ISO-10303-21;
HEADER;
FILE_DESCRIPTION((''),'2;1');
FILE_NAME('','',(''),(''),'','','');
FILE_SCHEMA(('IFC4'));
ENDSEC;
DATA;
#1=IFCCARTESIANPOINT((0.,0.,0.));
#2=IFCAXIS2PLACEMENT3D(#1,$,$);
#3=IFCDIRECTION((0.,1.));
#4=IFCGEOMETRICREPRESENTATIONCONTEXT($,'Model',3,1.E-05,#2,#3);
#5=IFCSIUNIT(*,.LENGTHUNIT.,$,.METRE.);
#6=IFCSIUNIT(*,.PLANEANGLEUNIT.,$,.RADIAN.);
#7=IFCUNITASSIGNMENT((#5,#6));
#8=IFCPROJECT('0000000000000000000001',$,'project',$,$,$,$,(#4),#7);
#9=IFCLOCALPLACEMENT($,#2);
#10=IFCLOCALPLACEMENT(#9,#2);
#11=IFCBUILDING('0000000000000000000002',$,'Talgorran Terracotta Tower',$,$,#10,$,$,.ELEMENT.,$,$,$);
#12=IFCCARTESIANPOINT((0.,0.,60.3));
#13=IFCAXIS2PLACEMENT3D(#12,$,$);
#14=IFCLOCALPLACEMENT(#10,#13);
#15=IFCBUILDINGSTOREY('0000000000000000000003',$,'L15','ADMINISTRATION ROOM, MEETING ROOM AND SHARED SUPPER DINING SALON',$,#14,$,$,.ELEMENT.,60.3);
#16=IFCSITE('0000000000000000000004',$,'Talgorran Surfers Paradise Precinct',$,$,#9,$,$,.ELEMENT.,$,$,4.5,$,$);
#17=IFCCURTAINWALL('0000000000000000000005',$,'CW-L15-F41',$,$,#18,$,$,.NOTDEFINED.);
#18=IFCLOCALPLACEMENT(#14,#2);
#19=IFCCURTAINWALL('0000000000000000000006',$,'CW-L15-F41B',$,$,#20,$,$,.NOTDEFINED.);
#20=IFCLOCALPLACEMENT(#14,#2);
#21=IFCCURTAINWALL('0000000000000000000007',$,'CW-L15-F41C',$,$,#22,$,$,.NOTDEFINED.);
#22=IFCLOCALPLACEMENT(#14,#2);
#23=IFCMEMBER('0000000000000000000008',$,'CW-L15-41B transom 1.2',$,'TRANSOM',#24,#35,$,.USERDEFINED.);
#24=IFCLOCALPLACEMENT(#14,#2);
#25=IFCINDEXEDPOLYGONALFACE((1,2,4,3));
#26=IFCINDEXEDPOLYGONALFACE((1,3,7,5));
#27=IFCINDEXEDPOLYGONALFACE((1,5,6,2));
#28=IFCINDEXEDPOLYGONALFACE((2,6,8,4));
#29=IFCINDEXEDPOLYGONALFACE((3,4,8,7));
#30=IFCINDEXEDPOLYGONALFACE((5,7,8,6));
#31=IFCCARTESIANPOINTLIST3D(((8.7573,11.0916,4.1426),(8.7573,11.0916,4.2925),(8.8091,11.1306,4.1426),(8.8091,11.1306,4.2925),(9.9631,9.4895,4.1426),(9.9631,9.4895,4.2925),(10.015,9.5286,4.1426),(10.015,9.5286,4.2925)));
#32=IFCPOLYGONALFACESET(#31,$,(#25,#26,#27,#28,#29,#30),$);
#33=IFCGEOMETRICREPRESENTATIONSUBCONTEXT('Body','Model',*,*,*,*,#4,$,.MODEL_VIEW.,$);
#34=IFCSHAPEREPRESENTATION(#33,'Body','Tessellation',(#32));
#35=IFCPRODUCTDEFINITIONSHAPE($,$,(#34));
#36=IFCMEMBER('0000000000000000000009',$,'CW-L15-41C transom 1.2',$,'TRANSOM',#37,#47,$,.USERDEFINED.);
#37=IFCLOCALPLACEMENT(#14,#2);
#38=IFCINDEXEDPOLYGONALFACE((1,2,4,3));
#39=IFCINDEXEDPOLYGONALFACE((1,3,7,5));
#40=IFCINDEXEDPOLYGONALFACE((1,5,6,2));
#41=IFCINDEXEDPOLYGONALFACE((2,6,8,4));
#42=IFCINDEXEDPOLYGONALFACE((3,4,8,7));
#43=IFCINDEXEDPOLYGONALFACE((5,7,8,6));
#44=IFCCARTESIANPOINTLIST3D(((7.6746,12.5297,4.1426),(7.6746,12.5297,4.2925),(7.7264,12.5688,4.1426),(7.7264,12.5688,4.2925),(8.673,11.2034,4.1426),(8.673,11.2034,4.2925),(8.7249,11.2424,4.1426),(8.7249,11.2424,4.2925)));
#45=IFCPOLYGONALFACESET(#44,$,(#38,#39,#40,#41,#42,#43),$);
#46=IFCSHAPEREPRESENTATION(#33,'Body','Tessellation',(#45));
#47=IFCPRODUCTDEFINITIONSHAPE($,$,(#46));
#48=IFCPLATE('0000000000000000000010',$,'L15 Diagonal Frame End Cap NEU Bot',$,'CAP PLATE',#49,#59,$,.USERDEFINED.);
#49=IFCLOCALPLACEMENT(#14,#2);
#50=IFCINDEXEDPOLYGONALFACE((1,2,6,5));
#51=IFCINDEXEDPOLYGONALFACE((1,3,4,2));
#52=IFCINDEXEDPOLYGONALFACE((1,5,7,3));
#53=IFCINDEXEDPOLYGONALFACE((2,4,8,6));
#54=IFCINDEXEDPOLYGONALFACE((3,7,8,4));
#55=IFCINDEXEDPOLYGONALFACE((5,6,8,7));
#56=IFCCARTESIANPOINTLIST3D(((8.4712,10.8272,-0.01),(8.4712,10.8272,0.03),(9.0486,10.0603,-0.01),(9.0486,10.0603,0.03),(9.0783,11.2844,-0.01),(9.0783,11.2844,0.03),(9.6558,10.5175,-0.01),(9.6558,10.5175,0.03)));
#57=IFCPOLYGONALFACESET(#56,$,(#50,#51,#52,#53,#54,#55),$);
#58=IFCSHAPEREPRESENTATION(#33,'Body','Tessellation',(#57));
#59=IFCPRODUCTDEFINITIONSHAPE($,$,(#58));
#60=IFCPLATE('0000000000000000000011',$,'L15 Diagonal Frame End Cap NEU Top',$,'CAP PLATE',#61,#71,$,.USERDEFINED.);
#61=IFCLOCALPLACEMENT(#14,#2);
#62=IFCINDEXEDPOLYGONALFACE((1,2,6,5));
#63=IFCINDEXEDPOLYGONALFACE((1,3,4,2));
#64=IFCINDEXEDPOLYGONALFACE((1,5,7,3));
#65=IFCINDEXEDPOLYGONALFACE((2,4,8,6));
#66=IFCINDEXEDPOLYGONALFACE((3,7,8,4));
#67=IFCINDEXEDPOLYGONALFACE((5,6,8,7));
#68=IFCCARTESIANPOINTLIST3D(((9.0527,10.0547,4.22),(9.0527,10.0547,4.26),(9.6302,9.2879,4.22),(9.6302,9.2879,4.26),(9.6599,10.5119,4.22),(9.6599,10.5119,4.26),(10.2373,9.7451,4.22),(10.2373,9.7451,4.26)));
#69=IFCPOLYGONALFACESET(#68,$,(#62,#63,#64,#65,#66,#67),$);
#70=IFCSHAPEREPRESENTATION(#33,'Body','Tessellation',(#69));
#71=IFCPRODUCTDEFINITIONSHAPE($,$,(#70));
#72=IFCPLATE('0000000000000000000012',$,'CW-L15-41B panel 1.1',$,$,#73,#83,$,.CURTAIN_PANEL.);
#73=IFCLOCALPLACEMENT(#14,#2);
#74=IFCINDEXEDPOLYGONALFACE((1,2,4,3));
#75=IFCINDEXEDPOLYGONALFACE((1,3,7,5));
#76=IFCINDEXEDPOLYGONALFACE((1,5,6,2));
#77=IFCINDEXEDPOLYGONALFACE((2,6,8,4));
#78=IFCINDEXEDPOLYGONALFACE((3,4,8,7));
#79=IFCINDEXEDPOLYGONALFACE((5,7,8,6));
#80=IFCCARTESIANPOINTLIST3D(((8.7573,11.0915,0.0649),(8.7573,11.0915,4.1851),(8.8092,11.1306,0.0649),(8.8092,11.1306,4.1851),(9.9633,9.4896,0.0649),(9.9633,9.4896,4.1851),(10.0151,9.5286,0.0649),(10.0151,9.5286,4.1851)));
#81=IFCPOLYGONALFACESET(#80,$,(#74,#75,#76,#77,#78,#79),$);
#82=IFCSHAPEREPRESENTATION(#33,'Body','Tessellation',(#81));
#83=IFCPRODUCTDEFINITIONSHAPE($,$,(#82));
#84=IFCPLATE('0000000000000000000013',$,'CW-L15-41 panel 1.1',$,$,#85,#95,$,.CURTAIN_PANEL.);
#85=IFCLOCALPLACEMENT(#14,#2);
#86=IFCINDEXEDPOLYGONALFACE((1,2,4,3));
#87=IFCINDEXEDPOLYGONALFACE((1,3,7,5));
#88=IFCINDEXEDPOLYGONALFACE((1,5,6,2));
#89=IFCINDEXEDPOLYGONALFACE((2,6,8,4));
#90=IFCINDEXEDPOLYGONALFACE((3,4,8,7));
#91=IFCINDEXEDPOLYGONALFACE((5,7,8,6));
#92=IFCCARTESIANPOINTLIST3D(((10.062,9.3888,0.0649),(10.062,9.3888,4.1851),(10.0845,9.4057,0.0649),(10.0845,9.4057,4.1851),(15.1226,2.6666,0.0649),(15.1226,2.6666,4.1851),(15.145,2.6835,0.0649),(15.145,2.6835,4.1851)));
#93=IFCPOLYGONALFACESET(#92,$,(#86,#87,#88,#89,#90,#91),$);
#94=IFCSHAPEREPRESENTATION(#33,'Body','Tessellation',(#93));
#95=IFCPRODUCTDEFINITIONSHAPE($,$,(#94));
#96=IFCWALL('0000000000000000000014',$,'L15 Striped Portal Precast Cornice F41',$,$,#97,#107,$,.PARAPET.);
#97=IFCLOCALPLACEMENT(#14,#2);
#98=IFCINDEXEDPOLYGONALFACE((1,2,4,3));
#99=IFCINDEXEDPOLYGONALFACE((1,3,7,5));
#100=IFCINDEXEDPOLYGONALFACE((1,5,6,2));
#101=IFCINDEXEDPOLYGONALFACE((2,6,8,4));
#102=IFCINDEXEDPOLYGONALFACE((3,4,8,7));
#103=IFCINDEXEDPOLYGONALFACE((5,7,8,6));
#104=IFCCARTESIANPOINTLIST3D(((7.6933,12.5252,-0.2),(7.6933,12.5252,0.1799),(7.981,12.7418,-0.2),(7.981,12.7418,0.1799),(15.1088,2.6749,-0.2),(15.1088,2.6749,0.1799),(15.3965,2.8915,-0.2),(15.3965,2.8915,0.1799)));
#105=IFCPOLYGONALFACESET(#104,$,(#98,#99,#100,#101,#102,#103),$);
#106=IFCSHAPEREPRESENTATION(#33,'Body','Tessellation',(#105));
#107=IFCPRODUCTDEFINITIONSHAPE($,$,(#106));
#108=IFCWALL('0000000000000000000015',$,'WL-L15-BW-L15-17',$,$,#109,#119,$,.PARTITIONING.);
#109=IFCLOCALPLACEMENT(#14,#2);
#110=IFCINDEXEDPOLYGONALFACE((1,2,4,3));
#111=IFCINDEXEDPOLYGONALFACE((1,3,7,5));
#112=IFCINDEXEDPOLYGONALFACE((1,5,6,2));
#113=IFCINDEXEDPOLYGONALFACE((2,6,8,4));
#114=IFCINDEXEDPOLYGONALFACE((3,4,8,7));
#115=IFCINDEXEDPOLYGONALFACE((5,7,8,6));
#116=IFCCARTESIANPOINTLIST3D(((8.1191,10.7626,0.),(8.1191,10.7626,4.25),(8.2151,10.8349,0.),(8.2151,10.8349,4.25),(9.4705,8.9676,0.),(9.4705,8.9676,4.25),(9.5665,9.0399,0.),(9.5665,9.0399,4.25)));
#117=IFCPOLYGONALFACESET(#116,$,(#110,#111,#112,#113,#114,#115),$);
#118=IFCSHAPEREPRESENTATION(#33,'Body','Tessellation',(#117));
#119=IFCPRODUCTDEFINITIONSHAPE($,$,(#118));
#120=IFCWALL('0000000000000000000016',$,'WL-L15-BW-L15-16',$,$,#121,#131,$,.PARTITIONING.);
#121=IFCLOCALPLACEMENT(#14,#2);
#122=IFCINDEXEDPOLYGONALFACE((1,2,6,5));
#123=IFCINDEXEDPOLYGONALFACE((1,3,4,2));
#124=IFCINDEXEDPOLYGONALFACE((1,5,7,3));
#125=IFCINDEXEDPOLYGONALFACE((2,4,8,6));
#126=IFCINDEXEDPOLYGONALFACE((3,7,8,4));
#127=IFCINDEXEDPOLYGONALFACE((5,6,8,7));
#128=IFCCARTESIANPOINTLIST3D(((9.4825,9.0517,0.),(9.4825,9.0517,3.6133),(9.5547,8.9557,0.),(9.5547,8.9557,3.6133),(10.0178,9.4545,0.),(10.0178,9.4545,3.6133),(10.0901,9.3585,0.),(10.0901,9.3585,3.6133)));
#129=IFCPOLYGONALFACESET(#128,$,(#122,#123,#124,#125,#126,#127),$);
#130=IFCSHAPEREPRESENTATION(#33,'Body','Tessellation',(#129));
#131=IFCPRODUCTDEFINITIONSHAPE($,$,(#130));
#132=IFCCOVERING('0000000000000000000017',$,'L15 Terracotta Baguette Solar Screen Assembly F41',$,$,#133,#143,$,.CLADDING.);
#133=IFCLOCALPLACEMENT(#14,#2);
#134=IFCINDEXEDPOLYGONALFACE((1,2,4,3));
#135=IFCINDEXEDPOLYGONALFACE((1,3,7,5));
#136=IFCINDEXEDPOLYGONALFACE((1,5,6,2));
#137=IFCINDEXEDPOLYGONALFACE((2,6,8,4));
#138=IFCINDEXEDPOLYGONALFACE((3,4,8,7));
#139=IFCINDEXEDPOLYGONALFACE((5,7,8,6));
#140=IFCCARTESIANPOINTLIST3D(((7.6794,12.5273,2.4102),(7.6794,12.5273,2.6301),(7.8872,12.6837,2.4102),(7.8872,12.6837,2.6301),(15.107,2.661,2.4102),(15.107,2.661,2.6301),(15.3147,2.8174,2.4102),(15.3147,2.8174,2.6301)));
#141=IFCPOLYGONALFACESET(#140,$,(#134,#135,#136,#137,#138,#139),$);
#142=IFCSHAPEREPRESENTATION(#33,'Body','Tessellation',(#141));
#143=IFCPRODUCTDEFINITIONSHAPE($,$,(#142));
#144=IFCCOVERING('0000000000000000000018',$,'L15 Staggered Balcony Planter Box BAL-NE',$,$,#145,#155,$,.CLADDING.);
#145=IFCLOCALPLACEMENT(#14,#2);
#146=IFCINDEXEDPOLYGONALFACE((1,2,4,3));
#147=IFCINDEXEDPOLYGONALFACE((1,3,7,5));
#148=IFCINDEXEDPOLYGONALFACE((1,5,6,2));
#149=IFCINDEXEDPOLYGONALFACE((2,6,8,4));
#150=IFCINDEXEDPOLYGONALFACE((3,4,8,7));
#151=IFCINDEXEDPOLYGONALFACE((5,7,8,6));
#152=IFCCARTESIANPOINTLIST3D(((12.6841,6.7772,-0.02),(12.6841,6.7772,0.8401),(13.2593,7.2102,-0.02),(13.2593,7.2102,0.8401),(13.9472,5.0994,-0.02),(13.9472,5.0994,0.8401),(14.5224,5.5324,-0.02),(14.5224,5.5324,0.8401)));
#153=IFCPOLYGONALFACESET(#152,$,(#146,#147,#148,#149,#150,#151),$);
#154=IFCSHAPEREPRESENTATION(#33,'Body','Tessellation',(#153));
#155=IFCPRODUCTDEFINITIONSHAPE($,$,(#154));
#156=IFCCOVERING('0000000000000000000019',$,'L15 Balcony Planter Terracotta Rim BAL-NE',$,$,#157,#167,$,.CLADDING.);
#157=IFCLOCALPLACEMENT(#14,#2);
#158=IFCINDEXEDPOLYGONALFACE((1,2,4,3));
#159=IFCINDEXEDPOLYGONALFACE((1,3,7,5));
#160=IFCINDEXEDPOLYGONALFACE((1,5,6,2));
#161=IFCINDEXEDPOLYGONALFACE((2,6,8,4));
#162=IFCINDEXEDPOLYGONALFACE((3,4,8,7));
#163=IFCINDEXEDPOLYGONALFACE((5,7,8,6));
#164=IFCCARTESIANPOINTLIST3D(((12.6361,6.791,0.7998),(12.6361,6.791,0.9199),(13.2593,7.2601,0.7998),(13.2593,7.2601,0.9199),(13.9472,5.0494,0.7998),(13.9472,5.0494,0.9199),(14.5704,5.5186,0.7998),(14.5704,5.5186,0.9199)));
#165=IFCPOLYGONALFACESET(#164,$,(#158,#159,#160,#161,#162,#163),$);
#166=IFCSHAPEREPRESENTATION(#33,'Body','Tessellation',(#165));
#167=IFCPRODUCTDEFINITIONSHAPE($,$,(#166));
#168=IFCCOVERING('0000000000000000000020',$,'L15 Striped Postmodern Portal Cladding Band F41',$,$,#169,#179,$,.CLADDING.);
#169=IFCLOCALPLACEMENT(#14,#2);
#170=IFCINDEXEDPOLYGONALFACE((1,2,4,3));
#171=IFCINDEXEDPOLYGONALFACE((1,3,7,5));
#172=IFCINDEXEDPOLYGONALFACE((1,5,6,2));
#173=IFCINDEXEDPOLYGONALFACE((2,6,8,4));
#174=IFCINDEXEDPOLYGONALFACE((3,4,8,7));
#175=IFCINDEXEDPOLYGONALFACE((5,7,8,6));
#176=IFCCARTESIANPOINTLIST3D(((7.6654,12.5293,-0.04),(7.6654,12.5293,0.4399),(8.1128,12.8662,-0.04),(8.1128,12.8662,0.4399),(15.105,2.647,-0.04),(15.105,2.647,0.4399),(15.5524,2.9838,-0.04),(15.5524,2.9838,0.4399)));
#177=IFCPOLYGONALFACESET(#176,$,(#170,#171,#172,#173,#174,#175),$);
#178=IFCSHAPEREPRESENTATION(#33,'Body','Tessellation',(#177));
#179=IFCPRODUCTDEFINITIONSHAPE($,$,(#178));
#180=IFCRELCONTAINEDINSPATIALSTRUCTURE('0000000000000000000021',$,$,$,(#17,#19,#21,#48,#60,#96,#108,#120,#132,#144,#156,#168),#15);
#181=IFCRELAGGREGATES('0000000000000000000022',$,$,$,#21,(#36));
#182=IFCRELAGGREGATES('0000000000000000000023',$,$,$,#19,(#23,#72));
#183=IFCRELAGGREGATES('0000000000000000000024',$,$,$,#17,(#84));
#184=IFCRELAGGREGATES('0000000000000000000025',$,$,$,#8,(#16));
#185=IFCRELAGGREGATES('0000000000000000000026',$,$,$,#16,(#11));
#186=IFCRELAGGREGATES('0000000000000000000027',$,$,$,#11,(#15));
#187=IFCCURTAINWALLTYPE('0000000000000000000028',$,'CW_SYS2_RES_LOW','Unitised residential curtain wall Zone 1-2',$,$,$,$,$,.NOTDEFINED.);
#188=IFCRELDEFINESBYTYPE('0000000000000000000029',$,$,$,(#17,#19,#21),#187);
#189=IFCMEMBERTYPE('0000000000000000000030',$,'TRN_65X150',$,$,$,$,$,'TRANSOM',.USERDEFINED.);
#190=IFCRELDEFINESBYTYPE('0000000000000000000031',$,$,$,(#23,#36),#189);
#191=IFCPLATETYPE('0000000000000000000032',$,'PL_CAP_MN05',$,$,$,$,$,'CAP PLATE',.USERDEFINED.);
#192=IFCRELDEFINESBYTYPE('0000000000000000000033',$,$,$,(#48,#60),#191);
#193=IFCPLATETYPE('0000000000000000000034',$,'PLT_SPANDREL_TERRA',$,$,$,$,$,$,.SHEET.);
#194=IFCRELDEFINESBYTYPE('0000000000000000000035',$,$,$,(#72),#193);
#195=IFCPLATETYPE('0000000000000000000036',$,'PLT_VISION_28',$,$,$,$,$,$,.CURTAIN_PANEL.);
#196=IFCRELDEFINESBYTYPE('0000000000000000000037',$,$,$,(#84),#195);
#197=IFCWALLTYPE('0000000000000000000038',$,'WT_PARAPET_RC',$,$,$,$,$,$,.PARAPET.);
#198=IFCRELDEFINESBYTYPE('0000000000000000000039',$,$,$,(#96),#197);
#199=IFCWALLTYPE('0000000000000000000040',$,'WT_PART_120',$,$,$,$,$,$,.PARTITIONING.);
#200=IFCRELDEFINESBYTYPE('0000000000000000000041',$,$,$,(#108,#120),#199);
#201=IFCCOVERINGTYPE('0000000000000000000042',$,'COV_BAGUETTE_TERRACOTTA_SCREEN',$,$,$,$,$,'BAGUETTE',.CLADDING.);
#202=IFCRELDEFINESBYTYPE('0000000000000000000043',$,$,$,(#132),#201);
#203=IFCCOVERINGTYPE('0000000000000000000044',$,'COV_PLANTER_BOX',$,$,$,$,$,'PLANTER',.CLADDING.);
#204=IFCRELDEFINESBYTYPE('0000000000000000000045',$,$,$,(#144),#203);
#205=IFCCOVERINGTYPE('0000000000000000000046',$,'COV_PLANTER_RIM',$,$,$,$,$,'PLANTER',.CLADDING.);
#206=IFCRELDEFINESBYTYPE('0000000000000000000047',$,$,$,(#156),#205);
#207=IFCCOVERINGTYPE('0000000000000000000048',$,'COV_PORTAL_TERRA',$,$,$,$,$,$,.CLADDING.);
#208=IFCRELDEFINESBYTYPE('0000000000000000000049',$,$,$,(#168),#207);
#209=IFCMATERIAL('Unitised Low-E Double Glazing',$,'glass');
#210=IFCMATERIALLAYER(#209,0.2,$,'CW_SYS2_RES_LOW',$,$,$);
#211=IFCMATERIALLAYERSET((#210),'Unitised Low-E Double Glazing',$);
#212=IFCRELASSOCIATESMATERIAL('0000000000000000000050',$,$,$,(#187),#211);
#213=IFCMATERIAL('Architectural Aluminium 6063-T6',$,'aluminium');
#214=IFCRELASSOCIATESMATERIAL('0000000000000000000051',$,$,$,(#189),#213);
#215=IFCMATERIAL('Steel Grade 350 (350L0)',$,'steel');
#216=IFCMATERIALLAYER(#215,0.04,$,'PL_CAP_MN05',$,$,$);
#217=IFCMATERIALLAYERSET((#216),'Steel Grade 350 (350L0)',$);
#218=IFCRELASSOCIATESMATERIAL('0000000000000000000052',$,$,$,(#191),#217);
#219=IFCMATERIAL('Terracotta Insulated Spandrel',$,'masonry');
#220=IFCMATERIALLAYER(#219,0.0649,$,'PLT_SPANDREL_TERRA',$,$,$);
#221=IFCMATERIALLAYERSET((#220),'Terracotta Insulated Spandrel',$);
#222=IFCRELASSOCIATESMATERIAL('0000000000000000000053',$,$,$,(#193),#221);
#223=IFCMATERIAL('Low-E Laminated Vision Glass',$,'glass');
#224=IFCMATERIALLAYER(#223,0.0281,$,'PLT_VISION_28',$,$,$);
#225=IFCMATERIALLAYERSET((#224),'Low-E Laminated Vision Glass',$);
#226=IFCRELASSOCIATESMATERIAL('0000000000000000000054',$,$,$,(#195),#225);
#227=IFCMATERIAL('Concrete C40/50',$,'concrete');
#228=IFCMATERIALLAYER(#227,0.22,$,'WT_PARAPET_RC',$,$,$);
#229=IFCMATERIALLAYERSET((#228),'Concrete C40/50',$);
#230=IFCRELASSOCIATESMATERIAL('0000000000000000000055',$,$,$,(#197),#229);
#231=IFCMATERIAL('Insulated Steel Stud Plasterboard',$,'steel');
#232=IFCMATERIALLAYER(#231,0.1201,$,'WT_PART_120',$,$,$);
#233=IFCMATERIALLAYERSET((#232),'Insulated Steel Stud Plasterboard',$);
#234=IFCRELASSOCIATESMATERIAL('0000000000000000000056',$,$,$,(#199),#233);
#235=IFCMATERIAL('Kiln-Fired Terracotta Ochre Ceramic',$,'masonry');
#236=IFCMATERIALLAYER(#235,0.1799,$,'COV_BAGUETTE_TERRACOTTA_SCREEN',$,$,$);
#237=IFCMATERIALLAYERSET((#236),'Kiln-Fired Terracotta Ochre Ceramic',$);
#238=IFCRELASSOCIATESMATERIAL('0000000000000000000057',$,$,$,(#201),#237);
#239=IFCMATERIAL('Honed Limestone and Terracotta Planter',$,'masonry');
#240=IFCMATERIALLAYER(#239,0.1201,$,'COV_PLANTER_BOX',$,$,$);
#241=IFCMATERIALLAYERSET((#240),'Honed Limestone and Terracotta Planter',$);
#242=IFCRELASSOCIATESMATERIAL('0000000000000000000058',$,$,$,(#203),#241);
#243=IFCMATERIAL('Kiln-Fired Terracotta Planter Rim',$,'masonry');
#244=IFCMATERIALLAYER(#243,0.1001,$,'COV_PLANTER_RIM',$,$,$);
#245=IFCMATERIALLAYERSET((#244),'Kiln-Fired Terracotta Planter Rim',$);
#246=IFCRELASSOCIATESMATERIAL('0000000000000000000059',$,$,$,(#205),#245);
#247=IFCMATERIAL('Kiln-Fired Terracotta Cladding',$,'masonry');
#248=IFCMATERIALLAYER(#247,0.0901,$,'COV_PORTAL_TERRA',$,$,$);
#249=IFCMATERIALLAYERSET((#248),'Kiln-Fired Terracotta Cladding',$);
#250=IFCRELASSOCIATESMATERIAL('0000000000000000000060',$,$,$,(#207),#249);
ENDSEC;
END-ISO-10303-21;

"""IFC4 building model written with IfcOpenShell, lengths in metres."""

from ifc_helpers import new_model, si_unit, direction, frame, frame_2d, origin, origin_2d, place, context, subcontext, project, spatial, rectangle, extrude, source, transform, mapped, material, layer, layer_set, material_profile, profile_set, type_object, type_shapes, element, aggregate, save


model = new_model("IFC4")

# Units and contexts
model_context = context("Model", 3, precision=1e-05, world=origin(), true_north=direction((0.0, 1.0)))
body_context = subcontext(model_context, "Body", "Model", "MODEL_VIEW")
ifc_project = project(units=[si_unit("LENGTHUNIT", "METRE"), si_unit("PLANEANGLEUNIT", "RADIAN")], contexts=[model_context])

# Site, building, storey
site_placement = place(None, origin())
site = spatial("IfcSite", under=ifc_project, at=site_placement, Name="Talgorran Surfers Paradise Precinct", CompositionType="ELEMENT", RefElevation=4.5)
building_placement = place(site_placement, origin())
building = spatial("IfcBuilding", under=site, at=building_placement, Name="Talgorran Terracotta Tower", CompositionType="ELEMENT")
storey_placement = place(building_placement, frame((0.0, 0.0, 60.3)))
storey = spatial("IfcBuildingStorey", under=building, at=storey_placement, Name="L15", Description="ADMINISTRATION ROOM, MEETING ROOM AND SHARED SUPPER DINING SALON", CompositionType="ELEMENT", Elevation=60.3)

# Shared definitions
ifc_material_1 = material(Name="Steel Grade 350 (350L0)", Category="steel")

# Curtain wall
ifc_material_2 = material(Name="Unitised Low-E Double Glazing", Category="glass")
ifc_layer_1 = layer(ifc_material_2, 0.2, Name="CW_SYS2_RES_LOW")
ifc_layer_set_1 = layer_set([ifc_layer_1], Name="Unitised Low-E Double Glazing")
curtain_wall_type = type_object("IfcCurtainWallType", Name="CW_SYS2_RES_LOW", Description="Unitised residential curtain wall Zone 1-2", PredefinedType="NOTDEFINED", material=ifc_layer_set_1)
curtain_wall_1_placement = place(storey_placement, origin())
curtain_wall_1 = element("IfcCurtainWall", 1, at=curtain_wall_1_placement, inside=storey, type_object=curtain_wall_type, Name="CW-L15-F41", PredefinedType="NOTDEFINED")
ifc_material_3 = material(Name="Architectural Aluminium 6063-T6", Category="aluminium")

# Curtain wall
curtain_wall_2_placement = place(storey_placement, origin())
curtain_wall_2 = element("IfcCurtainWall", 2, at=curtain_wall_2_placement, inside=storey, type_object=curtain_wall_type, Name="CW-L15-F41B", PredefinedType="NOTDEFINED")

# Curtain wall
curtain_wall_3_placement = place(storey_placement, origin())
curtain_wall_3 = element("IfcCurtainWall", 3, at=curtain_wall_3_placement, inside=storey, type_object=curtain_wall_type, Name="CW-L15-F41C", PredefinedType="NOTDEFINED")

# Members
ifc_material_profile_1 = material_profile(ifc_material_3, rectangle(XDim=0.0649, YDim=0.1499, at=origin_2d()), Name="CWT65X150")
ifc_profile_set_1 = profile_set([ifc_material_profile_1], Name="Architectural Aluminium 6063-T6")
member_type_1 = type_object("IfcMemberType", Name="TRN_65X150", ElementType="TRANSOM", PredefinedType="USERDEFINED", material=ifc_profile_set_1)
member_1_placement = place(storey_placement, frame((9.989, 9.509, 4.2175), z_axis=(-0.601363, 0.798976, 0.0), x_axis=(-0.798976, -0.601363, 0.0)))
member_1 = element("IfcMember", 4, at=member_1_placement, type_object=member_type_1, Name="CW-L15-41B transom 1.2", ObjectType="TRANSOM", PredefinedType="USERDEFINED", context=body_context, shape_type="SweptSolid", body=[
    extrude(rectangle(XDim=0.0649, YDim=0.1499, at=origin_2d()), origin(), (0.0, 0.0, 1.0), 2.0051),
])
member_2_placement = place(storey_placement, frame((8.699, 11.2229, 4.2175), z_axis=(-0.601434, 0.798922, 0.0), x_axis=(-0.798922, -0.601434, 0.0)))
member_2 = element("IfcMember", 5, at=member_2_placement, type_object=member_type_1, Name="CW-L15-41C transom 1.2", ObjectType="TRANSOM", PredefinedType="USERDEFINED", context=body_context, shape_type="SweptSolid", body=[
    extrude(rectangle(XDim=0.0649, YDim=0.1499, at=origin_2d()), origin(), (0.0, 0.0, 1.0), 1.6602),
])
aggregate(curtain_wall_3, [member_2])

# Plates
ifc_layer_2 = layer(ifc_material_1, 0.04, Name="PL_CAP_MN05")
ifc_layer_set_2 = layer_set([ifc_layer_2], Name="Steel Grade 350 (350L0)")
plate_type_1 = type_object("IfcPlateType", Name="PL_CAP_MN05", ElementType="CAP PLATE", PredefinedType="USERDEFINED", material=ifc_layer_set_2)
for number, where, z_axis, x_axis, name in (
    (6, (9.0635, 10.6724, -0.01), (0.0, 0.0, 1.0), (0.601536, -0.798846, 0.0), "L15 Diagonal Frame End Cap NEU Bot"),
    (7, (9.645, 9.8999, 4.22), (0.0, 0.0, 1.0), (0.601536, -0.798846, 0.0), "L15 Diagonal Frame End Cap NEU Top"),
):
    element("IfcPlate", number, at=place(storey_placement, frame(where, z_axis=z_axis, x_axis=x_axis)), inside=storey, type_object=plate_type_1, Name=name, ObjectType="CAP PLATE", PredefinedType="USERDEFINED", context=body_context, shape_type="SweptSolid", body=[
        extrude(rectangle(XDim=0.96, YDim=0.76, at=origin_2d()), origin(), (0.0, 0.0, 1.0), 0.04),
    ])

# Plates
ifc_material_4 = material(Name="Terracotta Insulated Spandrel", Category="masonry")
ifc_layer_3 = layer(ifc_material_4, 0.0649, Name="PLT_SPANDREL_TERRA")
ifc_layer_set_3 = layer_set([ifc_layer_3], Name="Terracotta Insulated Spandrel")
plate_type_2 = type_object("IfcPlateType", Name="PLT_SPANDREL_TERRA", PredefinedType="SHEET", material=ifc_layer_set_3)
shared_shape_1 = source(origin(), body_context, "Body", "SweptSolid", [
    extrude(rectangle(XDim=2.0051, YDim=0.0649, at=origin_2d()), origin(), (0.0, 0.0, 1.0), 4.1201),
])
type_shapes(plate_type_2, [shared_shape_1])
plate_1_placement = place(storey_placement, frame((9.3862, 10.3101, 0.0649), z_axis=(0.0, 0.0, 1.0), x_axis=(-0.601423, 0.798931, 0.0)))
plate_1 = element("IfcPlate", 8, at=plate_1_placement, type_object=plate_type_2, Name="CW-L15-41B panel 1.1", PredefinedType="CURTAIN_PANEL", context=body_context, shape_type="MappedRepresentation", body=[
    mapped(shared_shape_1, transform((0.0, 0.0, 0.0), scale=1.0)),
])
aggregate(curtain_wall_2, [member_1, plate_1])
ifc_material_5 = material(Name="Low-E Laminated Vision Glass", Category="glass")
ifc_layer_4 = layer(ifc_material_5, 0.0281, Name="PLT_VISION_28")
ifc_layer_set_4 = layer_set([ifc_layer_4], Name="Low-E Laminated Vision Glass")
plate_type_3 = type_object("IfcPlateType", Name="PLT_VISION_28", PredefinedType="CURTAIN_PANEL", material=ifc_layer_set_4)
shared_shape_2 = source(origin(), body_context, "Body", "SweptSolid", [
    extrude(rectangle(XDim=8.4141, YDim=0.0281, at=origin_2d()), origin(), (0.0, 0.0, 1.0), 4.1201),
])
type_shapes(plate_type_3, [shared_shape_2])
plate_2_placement = place(storey_placement, frame((12.6035, 6.0361, 0.0649), z_axis=(0.0, 0.0, 1.0), x_axis=(-0.601439, 0.798919, 0.0)))
plate_2 = element("IfcPlate", 9, at=plate_2_placement, type_object=plate_type_3, Name="CW-L15-41 panel 1.1", PredefinedType="CURTAIN_PANEL", context=body_context, shape_type="MappedRepresentation", body=[
    mapped(shared_shape_2, transform((0.0, 0.0, 0.0), scale=1.0)),
])
aggregate(curtain_wall_1, [plate_2])

# Walls
ifc_material_6 = material(Name="Concrete C40/50", Category="concrete")
ifc_layer_5 = layer(ifc_material_6, 0.22, Name="WT_PARAPET_RC")
ifc_layer_set_5 = layer_set([ifc_layer_5], Name="Concrete C40/50")
wall_type_1 = type_object("IfcWallType", Name="WT_PARAPET_RC", PredefinedType="PARAPET", material=ifc_layer_set_5)
wall_1_placement = place(storey_placement, frame((15.2527, 2.7832, -0.2), z_axis=(0.0, 0.0, 1.0), x_axis=(-0.601441, 0.798918, 0.0)))
element("IfcWall", 10, at=wall_1_placement, inside=storey, type_object=wall_type_1, Name="L15 Striped Portal Precast Cornice F41", PredefinedType="PARAPET", context=body_context, shape_type="SweptSolid", body=[
    extrude(rectangle(XDim=12.3296, YDim=0.3601, at=frame_2d((6.1648, 0.0))), origin(), (0.0, 0.0, 1.0), 0.3799),
])
ifc_material_7 = material(Name="Insulated Steel Stud Plasterboard", Category="steel")
ifc_layer_6 = layer(ifc_material_7, 0.1201, Name="WT_PART_120")
ifc_layer_set_6 = layer_set([ifc_layer_6], Name="Insulated Steel Stud Plasterboard")
wall_type_2 = type_object("IfcWallType", Name="WT_PART_120", PredefinedType="PARTITIONING", material=ifc_layer_set_6)
wall_2_placement = place(storey_placement, frame((9.5186, 9.0037, 0.0), z_axis=(0.0, 0.0, 1.0), x_axis=(-0.601459, 0.798903, 0.0)))
element("IfcWall", 11, at=wall_2_placement, inside=storey, type_object=wall_type_2, Name="WL-L15-BW-L15-17", PredefinedType="PARTITIONING", context=body_context, shape_type="SweptSolid", body=[
    extrude(rectangle(XDim=2.2468, YDim=0.1201, at=frame_2d((1.1235, 0.0))), origin(), (0.0, 0.0, 1.0), 4.25),
])
wall_3_placement = place(storey_placement, frame((10.054, 9.4065, 0.0), z_axis=(0.0, 0.0, 1.0), x_axis=(-0.799081, -0.601224, 0.0)))
element("IfcWall", 12, at=wall_3_placement, inside=storey, type_object=wall_type_2, Name="WL-L15-BW-L15-16", PredefinedType="PARTITIONING", context=body_context, shape_type="SweptSolid", body=[
    extrude(rectangle(XDim=0.6699, YDim=0.1201, at=frame_2d((0.335, 0.0))), origin(), (0.0, 0.0, 1.0), 3.6133),
])

# Coverings
ifc_material_8 = material(Name="Kiln-Fired Terracotta Ochre Ceramic", Category="masonry")
ifc_layer_7 = layer(ifc_material_8, 0.1799, Name="COV_BAGUETTE_TERRACOTTA_SCREEN")
ifc_layer_set_7 = layer_set([ifc_layer_7], Name="Kiln-Fired Terracotta Ochre Ceramic")
covering_type_1 = type_object("IfcCoveringType", Name="COV_BAGUETTE_TERRACOTTA_SCREEN", ElementType="BAGUETTE", PredefinedType="CLADDING", material=ifc_layer_set_7)
covering_1_placement = place(storey_placement, frame((11.4971, 7.6724, 2.4102), z_axis=(0.0, 0.0, 1.0), x_axis=(-0.601439, 0.798919, 0.0)))
element("IfcCovering", 13, at=covering_1_placement, inside=storey, type_object=covering_type_1, Name="L15 Terracotta Baguette Solar Screen Assembly F41", PredefinedType="CLADDING", context=body_context, shape_type="SweptSolid", body=[
    extrude(rectangle(XDim=12.3496, YDim=0.26, at=origin_2d()), origin(), (0.0, 0.0, 1.0), 0.22),
])
ifc_material_9 = material(Name="Honed Limestone and Terracotta Planter", Category="masonry")
ifc_layer_8 = layer(ifc_material_9, 0.1201, Name="COV_PLANTER_BOX")
ifc_layer_set_8 = layer_set([ifc_layer_8], Name="Honed Limestone and Terracotta Planter")
covering_type_2 = type_object("IfcCoveringType", Name="COV_PLANTER_BOX", ElementType="PLANTER", PredefinedType="CLADDING", material=ifc_layer_set_8)
covering_2_placement = place(storey_placement, frame((13.6033, 6.1548, -0.02), z_axis=(0.0, 0.0, 1.0), x_axis=(-0.601439, 0.798919, 0.0)))
element("IfcCovering", 14, at=covering_2_placement, inside=storey, type_object=covering_type_2, Name="L15 Staggered Balcony Planter Box BAL-NE", PredefinedType="CLADDING", context=body_context, shape_type="SweptSolid", body=[
    extrude(rectangle(XDim=2.1001, YDim=0.72, at=origin_2d()), origin(), (0.0, 0.0, 1.0), 0.8601),
])
ifc_material_10 = material(Name="Kiln-Fired Terracotta Planter Rim", Category="masonry")
ifc_layer_9 = layer(ifc_material_10, 0.1001, Name="COV_PLANTER_RIM")
ifc_layer_set_9 = layer_set([ifc_layer_9], Name="Kiln-Fired Terracotta Planter Rim")
covering_type_3 = type_object("IfcCoveringType", Name="COV_PLANTER_RIM", ElementType="PLANTER", PredefinedType="CLADDING", material=ifc_layer_set_9)
covering_3_placement = place(storey_placement, frame((13.6033, 6.1548, 0.7998), z_axis=(0.0, 0.0, 1.0), x_axis=(-0.601439, 0.798919, 0.0)))
element("IfcCovering", 15, at=covering_3_placement, inside=storey, type_object=covering_type_3, Name="L15 Balcony Planter Terracotta Rim BAL-NE", PredefinedType="CLADDING", context=body_context, shape_type="SweptSolid", body=[
    extrude(rectangle(XDim=2.1799, YDim=0.78, at=origin_2d()), origin(), (0.0, 0.0, 1.0), 0.1201),
])
ifc_material_11 = material(Name="Kiln-Fired Terracotta Cladding", Category="masonry")
ifc_layer_10 = layer(ifc_material_11, 0.0901, Name="COV_PORTAL_TERRA")
ifc_layer_set_10 = layer_set([ifc_layer_10], Name="Kiln-Fired Terracotta Cladding")
covering_type_4 = type_object("IfcCoveringType", Name="COV_PORTAL_TERRA", PredefinedType="CLADDING", material=ifc_layer_set_10)
covering_4_placement = place(storey_placement, frame((11.6089, 7.7566, -0.04), z_axis=(0.0, 0.0, 1.0), x_axis=(-0.601439, 0.798919, 0.0)))
element("IfcCovering", 16, at=covering_4_placement, inside=storey, type_object=covering_type_4, Name="L15 Striped Postmodern Portal Cladding Band F41", PredefinedType="CLADDING", context=body_context, shape_type="SweptSolid", body=[
    extrude(rectangle(XDim=12.3696, YDim=0.5601, at=origin_2d()), origin(), (0.0, 0.0, 1.0), 0.48),
])

save(model, "model.ifc")
